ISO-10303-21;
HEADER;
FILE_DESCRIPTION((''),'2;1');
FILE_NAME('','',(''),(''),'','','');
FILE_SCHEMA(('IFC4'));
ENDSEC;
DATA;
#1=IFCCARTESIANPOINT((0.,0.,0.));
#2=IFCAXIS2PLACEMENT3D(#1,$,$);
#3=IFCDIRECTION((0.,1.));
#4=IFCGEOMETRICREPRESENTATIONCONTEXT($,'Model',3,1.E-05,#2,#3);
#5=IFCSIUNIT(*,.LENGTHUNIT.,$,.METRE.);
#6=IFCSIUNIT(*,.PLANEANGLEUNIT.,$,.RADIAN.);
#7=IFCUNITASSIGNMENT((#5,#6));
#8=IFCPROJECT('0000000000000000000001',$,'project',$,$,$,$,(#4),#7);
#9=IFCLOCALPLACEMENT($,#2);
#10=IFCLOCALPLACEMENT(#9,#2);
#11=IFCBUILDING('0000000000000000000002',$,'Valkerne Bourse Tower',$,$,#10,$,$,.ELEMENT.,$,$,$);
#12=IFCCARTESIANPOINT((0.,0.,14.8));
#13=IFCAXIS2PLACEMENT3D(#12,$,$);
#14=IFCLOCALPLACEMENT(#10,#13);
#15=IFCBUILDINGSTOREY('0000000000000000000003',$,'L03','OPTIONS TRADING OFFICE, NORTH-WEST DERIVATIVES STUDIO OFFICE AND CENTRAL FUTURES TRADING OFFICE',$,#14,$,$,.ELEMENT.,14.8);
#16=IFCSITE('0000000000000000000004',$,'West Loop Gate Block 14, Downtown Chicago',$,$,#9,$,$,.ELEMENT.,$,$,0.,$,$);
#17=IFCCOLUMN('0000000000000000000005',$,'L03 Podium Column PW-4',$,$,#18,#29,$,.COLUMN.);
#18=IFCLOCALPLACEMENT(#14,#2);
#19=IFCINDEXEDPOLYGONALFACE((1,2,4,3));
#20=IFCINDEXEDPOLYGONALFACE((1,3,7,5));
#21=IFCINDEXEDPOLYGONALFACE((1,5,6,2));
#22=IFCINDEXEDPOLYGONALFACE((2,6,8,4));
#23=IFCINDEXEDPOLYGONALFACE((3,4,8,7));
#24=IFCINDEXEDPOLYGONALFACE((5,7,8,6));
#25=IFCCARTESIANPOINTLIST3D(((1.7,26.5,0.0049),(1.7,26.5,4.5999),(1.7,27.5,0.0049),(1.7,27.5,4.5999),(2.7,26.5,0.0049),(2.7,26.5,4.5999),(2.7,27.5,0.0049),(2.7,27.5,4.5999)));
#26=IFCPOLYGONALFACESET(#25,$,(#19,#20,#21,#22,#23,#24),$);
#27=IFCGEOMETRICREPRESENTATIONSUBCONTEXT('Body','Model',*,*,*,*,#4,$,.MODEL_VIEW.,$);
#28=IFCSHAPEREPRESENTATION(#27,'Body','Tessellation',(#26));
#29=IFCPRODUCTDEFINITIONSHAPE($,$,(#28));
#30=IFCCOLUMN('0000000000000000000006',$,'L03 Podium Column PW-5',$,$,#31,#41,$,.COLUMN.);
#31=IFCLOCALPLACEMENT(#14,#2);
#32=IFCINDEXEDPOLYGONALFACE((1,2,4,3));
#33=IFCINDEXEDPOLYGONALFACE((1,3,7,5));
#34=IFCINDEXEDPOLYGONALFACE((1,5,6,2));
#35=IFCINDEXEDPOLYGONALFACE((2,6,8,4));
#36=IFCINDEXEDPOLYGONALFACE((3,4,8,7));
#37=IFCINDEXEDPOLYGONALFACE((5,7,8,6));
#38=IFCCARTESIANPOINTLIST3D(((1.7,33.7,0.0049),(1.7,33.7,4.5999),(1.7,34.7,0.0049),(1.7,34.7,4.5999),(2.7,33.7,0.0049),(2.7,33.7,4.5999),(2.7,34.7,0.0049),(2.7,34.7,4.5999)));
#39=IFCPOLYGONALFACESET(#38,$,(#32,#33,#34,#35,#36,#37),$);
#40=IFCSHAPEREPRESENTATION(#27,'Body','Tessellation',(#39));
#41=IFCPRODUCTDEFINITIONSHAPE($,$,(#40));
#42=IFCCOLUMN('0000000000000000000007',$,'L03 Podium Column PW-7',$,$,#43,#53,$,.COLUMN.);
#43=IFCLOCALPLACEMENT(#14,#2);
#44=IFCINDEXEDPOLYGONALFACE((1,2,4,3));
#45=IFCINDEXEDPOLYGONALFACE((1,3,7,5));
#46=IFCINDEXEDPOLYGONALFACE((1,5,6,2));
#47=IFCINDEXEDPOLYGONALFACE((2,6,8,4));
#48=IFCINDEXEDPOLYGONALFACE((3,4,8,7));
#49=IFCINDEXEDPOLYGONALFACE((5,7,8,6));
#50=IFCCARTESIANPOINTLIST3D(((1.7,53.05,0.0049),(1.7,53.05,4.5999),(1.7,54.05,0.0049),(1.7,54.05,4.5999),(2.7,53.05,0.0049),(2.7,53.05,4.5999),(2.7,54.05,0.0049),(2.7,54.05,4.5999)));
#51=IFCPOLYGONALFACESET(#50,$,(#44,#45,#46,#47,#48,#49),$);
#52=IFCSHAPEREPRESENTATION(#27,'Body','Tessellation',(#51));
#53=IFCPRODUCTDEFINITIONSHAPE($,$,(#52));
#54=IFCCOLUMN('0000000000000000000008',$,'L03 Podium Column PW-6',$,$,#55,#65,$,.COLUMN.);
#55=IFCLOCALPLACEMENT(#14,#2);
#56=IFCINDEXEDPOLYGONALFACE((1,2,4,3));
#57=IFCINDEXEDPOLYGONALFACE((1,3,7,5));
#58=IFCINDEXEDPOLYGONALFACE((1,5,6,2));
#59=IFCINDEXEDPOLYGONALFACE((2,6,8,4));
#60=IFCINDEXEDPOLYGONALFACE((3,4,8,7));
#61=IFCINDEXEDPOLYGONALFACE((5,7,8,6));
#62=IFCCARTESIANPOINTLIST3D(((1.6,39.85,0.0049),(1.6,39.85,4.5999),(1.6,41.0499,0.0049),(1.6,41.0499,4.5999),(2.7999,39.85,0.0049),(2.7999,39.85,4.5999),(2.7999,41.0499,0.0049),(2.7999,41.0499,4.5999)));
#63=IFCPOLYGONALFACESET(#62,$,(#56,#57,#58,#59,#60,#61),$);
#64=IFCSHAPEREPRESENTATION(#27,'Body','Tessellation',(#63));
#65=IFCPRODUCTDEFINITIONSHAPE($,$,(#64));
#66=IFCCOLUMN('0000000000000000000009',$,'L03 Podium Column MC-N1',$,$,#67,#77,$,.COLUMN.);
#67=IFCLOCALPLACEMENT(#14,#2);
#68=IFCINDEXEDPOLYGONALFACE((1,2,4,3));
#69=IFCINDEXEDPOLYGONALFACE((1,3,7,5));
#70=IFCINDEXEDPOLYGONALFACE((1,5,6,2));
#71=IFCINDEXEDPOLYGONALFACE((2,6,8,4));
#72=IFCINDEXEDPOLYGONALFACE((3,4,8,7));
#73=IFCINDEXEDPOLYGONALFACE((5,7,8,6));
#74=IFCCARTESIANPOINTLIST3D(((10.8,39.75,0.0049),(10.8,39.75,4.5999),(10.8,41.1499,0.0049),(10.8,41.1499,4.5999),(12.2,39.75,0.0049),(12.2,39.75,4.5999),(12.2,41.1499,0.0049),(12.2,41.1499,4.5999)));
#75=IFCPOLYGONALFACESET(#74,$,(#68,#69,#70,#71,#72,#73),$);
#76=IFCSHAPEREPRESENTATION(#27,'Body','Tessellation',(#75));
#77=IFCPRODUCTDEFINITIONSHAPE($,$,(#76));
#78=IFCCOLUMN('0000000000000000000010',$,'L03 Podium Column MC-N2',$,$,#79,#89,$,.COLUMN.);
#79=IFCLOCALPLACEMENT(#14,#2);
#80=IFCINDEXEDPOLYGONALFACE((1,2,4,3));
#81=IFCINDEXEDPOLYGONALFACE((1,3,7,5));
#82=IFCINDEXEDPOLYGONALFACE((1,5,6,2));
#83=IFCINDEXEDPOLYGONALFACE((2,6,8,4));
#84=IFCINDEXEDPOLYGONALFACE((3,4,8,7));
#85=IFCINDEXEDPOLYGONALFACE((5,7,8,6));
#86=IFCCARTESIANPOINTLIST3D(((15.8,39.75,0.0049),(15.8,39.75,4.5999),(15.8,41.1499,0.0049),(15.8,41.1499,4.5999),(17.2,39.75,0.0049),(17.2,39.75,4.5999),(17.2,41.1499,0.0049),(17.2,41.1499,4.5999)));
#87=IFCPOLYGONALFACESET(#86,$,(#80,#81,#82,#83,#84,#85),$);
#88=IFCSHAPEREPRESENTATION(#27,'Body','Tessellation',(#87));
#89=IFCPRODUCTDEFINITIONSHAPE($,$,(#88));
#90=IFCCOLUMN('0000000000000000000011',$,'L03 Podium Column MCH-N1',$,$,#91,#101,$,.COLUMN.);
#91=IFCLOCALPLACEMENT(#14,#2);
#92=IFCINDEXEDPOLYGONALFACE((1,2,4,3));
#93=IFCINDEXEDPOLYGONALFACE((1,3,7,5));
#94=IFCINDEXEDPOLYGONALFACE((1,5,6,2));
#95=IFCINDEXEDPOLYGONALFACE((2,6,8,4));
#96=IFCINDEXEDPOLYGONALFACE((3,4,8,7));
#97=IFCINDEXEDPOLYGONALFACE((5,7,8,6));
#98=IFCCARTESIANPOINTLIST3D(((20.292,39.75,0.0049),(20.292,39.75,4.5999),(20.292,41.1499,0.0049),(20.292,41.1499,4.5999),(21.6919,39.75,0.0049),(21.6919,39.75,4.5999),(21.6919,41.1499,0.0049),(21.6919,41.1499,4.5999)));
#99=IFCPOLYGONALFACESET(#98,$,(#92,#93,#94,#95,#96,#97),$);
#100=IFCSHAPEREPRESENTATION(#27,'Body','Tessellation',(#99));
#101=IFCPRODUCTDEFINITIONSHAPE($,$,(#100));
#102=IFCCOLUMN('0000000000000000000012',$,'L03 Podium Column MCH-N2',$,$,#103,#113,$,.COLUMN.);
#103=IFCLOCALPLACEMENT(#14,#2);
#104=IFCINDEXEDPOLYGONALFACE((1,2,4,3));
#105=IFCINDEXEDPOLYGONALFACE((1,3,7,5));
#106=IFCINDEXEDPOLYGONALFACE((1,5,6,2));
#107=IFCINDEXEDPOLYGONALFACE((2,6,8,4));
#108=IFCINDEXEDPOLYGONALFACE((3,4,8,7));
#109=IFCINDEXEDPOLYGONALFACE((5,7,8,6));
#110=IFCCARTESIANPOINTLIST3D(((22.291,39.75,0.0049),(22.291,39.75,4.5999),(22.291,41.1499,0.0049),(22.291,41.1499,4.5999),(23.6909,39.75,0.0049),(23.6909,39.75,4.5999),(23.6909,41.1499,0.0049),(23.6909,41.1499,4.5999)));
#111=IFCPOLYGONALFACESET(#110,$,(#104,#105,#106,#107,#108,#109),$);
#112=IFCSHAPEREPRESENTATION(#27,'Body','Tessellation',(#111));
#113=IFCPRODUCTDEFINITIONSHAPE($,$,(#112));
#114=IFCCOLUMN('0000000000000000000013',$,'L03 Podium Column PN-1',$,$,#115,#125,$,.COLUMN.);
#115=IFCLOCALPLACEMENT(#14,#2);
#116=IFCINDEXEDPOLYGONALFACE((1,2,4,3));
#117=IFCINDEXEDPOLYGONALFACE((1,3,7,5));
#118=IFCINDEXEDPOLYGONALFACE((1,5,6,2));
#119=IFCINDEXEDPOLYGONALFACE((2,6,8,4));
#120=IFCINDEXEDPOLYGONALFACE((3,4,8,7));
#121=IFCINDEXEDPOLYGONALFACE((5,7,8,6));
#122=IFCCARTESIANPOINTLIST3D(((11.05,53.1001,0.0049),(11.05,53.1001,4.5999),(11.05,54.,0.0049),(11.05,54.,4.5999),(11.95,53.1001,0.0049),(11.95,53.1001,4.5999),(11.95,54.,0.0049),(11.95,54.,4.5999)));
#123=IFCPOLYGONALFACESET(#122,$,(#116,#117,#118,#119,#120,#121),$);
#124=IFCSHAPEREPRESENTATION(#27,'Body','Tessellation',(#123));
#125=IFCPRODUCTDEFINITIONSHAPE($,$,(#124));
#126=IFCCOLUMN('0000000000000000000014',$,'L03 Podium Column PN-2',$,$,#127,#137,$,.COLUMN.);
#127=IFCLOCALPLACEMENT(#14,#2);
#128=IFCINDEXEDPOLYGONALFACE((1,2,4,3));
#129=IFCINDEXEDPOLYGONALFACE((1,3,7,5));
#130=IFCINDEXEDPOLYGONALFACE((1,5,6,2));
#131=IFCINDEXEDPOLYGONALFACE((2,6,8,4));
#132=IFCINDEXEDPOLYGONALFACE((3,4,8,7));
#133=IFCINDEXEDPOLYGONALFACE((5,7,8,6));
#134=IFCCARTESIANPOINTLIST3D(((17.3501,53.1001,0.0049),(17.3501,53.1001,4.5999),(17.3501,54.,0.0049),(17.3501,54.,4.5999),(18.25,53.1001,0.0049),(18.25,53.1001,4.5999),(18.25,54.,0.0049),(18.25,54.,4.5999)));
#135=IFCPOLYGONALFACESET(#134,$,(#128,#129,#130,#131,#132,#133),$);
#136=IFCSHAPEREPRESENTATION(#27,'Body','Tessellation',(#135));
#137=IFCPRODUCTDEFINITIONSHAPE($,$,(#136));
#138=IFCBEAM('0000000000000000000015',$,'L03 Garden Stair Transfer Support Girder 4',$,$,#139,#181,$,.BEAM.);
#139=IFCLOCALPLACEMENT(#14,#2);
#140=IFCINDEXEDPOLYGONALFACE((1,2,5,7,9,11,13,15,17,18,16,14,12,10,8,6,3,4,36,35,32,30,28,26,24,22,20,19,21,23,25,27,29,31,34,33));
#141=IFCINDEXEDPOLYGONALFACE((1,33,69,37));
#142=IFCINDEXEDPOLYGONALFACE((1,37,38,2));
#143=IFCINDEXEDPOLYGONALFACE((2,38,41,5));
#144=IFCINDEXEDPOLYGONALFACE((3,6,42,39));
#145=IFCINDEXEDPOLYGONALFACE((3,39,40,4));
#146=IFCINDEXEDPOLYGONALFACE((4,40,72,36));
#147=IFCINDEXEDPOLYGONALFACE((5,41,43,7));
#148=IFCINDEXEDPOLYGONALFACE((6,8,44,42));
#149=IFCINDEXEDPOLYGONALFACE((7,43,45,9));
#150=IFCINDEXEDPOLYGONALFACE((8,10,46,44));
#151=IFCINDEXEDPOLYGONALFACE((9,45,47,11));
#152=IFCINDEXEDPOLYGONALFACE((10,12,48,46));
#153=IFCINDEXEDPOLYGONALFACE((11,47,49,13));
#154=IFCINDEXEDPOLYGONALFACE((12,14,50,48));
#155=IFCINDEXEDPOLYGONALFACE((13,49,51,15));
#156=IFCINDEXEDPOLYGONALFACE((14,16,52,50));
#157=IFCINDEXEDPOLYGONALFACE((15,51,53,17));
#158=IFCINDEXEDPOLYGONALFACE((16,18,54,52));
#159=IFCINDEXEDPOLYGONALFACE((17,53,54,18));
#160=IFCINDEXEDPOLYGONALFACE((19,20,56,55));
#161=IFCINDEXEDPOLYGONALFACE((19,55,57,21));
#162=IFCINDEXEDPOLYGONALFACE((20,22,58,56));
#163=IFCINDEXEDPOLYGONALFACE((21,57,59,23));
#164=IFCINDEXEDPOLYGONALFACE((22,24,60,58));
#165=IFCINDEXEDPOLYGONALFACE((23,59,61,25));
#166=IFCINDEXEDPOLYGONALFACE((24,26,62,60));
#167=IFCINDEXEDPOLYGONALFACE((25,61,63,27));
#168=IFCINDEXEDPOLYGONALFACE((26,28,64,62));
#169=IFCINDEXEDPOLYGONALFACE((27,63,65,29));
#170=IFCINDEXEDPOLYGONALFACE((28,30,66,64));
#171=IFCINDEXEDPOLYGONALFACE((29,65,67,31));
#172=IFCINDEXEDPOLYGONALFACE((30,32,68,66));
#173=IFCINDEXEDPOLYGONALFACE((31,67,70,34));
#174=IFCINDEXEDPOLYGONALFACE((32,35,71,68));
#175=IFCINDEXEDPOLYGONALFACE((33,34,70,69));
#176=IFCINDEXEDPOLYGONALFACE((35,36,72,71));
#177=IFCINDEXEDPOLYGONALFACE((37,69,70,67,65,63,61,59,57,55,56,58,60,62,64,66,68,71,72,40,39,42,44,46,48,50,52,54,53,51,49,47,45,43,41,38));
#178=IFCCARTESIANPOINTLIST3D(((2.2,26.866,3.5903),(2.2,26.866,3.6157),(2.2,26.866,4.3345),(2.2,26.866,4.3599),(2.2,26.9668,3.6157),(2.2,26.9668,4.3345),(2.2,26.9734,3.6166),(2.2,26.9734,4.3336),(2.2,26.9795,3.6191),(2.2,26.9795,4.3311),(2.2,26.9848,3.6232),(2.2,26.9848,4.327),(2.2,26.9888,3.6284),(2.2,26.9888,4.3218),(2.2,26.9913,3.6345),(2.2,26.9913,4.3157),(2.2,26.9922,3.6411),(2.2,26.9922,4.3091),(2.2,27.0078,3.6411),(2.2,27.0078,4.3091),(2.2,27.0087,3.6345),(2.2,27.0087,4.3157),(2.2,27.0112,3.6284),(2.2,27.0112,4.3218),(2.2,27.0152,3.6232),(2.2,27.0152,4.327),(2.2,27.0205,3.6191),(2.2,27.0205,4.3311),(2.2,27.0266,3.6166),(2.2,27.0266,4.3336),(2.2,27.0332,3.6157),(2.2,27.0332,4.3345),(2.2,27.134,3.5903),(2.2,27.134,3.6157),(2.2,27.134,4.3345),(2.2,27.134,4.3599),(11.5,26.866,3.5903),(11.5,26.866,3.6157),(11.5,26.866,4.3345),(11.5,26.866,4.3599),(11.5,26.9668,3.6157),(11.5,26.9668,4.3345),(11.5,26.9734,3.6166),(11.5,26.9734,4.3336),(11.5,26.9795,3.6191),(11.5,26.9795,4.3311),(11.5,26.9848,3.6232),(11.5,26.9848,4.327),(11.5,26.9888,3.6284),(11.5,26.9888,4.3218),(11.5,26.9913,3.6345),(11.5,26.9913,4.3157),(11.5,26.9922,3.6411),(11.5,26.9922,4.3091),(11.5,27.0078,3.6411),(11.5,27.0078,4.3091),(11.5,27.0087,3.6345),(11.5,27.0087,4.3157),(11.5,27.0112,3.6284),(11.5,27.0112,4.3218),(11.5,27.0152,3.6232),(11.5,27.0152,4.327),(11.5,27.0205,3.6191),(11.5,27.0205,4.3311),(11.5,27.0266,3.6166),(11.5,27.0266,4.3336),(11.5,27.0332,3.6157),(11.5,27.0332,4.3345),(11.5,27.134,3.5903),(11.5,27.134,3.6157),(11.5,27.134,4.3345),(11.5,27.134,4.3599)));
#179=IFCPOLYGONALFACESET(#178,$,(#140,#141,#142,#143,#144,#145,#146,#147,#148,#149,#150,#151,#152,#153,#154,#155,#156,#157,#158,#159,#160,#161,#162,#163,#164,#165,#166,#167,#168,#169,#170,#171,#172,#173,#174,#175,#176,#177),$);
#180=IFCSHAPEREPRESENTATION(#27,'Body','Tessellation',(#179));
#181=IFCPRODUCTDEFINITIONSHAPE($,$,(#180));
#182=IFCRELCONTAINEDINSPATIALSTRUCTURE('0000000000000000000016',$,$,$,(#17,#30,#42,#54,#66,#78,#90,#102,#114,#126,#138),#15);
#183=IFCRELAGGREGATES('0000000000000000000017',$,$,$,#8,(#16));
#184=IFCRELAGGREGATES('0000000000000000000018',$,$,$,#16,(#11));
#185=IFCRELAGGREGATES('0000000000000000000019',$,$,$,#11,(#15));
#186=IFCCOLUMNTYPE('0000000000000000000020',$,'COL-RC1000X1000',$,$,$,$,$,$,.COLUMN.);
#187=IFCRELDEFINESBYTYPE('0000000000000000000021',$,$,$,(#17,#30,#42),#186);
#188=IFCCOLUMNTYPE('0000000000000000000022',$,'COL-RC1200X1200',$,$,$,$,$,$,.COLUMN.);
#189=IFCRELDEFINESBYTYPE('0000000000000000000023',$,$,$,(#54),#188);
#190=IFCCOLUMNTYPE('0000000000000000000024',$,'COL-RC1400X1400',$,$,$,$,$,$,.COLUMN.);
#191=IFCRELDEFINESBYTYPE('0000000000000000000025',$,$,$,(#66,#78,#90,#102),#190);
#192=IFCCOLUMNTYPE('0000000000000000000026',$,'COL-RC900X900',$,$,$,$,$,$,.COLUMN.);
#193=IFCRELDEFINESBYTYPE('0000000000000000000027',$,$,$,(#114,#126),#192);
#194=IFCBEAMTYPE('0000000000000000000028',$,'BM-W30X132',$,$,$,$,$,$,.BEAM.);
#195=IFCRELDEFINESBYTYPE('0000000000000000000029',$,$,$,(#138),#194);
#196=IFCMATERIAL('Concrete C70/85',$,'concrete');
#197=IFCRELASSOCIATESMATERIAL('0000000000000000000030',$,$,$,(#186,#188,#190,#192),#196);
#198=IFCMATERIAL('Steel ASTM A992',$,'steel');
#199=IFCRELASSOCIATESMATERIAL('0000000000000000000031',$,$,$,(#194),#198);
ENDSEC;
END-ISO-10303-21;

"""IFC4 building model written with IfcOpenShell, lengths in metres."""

from ifc_helpers import new_model, si_unit, direction, frame, origin, origin_2d, place, context, subcontext, project, spatial, rectangle, i_section, extrude, material, material_profile, profile_set, type_object, element, save


model = new_model("IFC4")

# Units and contexts
model_context = context("Model", 3, precision=1e-05, world=origin(), true_north=direction((0.0, 1.0)))
body_context = subcontext(model_context, "Body", "Model", "MODEL_VIEW")
ifc_project = project(units=[si_unit("LENGTHUNIT", "METRE"), si_unit("PLANEANGLEUNIT", "RADIAN")], contexts=[model_context])

# Site, building, storey
site_placement = place(None, origin())
site = spatial("IfcSite", under=ifc_project, at=site_placement, Name="West Loop Gate Block 14, Downtown Chicago", CompositionType="ELEMENT", RefElevation=0.0)
building_placement = place(site_placement, origin())
building = spatial("IfcBuilding", under=site, at=building_placement, Name="Valkerne Bourse Tower", CompositionType="ELEMENT")
storey_placement = place(building_placement, frame((0.0, 0.0, 14.8)))
storey = spatial("IfcBuildingStorey", under=building, at=storey_placement, Name="L03", Description="OPTIONS TRADING OFFICE, NORTH-WEST DERIVATIVES STUDIO OFFICE AND CENTRAL FUTURES TRADING OFFICE", CompositionType="ELEMENT", Elevation=14.8)

# Columns
ifc_material_1 = material(Name="Concrete C70/85", Category="concrete")
ifc_material_profile_1 = material_profile(ifc_material_1, rectangle(XDim=1.0, YDim=1.0, at=origin_2d()), Name="RC1000X1000")
ifc_profile_set_1 = profile_set([ifc_material_profile_1], Name="Concrete C70/85")
column_type_1 = type_object("IfcColumnType", Name="COL-RC1000X1000", PredefinedType="COLUMN", material=ifc_profile_set_1)
for number, where, z_axis, x_axis, name in (
    (1, (2.2, 27.0, 0.0049), (0.0, 0.0, 1.0), (1.0, 0.0, 0.0), "L03 Podium Column PW-4"),
    (2, (2.2, 34.2, 0.0049), (0.0, 0.0, 1.0), (1.0, 0.0, 0.0), "L03 Podium Column PW-5"),
    (3, (2.2, 53.55, 0.0049), (0.0, 0.0, 1.0), (1.0, 0.0, 0.0), "L03 Podium Column PW-7"),
):
    element("IfcColumn", number, at=place(storey_placement, frame(where, z_axis=z_axis, x_axis=x_axis)), inside=storey, type_object=column_type_1, Name=name, PredefinedType="COLUMN", context=body_context, shape_type="SweptSolid", body=[
        extrude(rectangle(XDim=1.0, YDim=1.0, at=origin_2d()), origin(), (0.0, 0.0, 1.0), 4.595),
    ])
ifc_material_profile_2 = material_profile(ifc_material_1, rectangle(XDim=1.2, YDim=1.2, at=origin_2d()), Name="RC1200X1200")
ifc_profile_set_2 = profile_set([ifc_material_profile_2], Name="Concrete C70/85")
column_type_2 = type_object("IfcColumnType", Name="COL-RC1200X1200", PredefinedType="COLUMN", material=ifc_profile_set_2)
column_placement = place(storey_placement, frame((2.2, 40.45, 0.0049), z_axis=(0.0, 0.0, 1.0), x_axis=(1.0, 0.0, 0.0)))
element("IfcColumn", 4, at=column_placement, inside=storey, type_object=column_type_2, Name="L03 Podium Column PW-6", PredefinedType="COLUMN", context=body_context, shape_type="SweptSolid", body=[
    extrude(rectangle(XDim=1.2, YDim=1.2, at=origin_2d()), origin(), (0.0, 0.0, 1.0), 4.595),
])
ifc_material_profile_3 = material_profile(ifc_material_1, rectangle(XDim=1.3999, YDim=1.3999, at=origin_2d()), Name="RC1400X1400")
ifc_profile_set_3 = profile_set([ifc_material_profile_3], Name="Concrete C70/85")
column_type_3 = type_object("IfcColumnType", Name="COL-RC1400X1400", PredefinedType="COLUMN", material=ifc_profile_set_3)
for number, where, z_axis, x_axis, name in (
    (5, (11.5, 40.45, 0.0049), (0.0, 0.0, 1.0), (1.0, 0.0, 0.0), "L03 Podium Column MC-N1"),
    (6, (16.5, 40.45, 0.0049), (0.0, 0.0, 1.0), (1.0, 0.0, 0.0), "L03 Podium Column MC-N2"),
    (7, (20.9919, 40.45, 0.0049), (0.0, 0.0, 1.0), (1.0, 0.0, 0.0), "L03 Podium Column MCH-N1"),
    (8, (22.991, 40.45, 0.0049), (0.0, 0.0, 1.0), (1.0, 0.0, 0.0), "L03 Podium Column MCH-N2"),
):
    element("IfcColumn", number, at=place(storey_placement, frame(where, z_axis=z_axis, x_axis=x_axis)), inside=storey, type_object=column_type_3, Name=name, PredefinedType="COLUMN", context=body_context, shape_type="SweptSolid", body=[
        extrude(rectangle(XDim=1.3999, YDim=1.3999, at=origin_2d()), origin(), (0.0, 0.0, 1.0), 4.595),
    ])
ifc_material_profile_4 = material_profile(ifc_material_1, rectangle(XDim=0.8999, YDim=0.8999, at=origin_2d()), Name="RC900X900")
ifc_profile_set_4 = profile_set([ifc_material_profile_4], Name="Concrete C70/85")
column_type_4 = type_object("IfcColumnType", Name="COL-RC900X900", PredefinedType="COLUMN", material=ifc_profile_set_4)
for number, where, z_axis, x_axis, name in (
    (9, (11.5, 53.55, 0.0049), (0.0, 0.0, 1.0), (1.0, 0.0, 0.0), "L03 Podium Column PN-1"),
    (10, (17.8, 53.55, 0.0049), (0.0, 0.0, 1.0), (1.0, 0.0, 0.0), "L03 Podium Column PN-2"),
):
    element("IfcColumn", number, at=place(storey_placement, frame(where, z_axis=z_axis, x_axis=x_axis)), inside=storey, type_object=column_type_4, Name=name, PredefinedType="COLUMN", context=body_context, shape_type="SweptSolid", body=[
        extrude(rectangle(XDim=0.8999, YDim=0.8999, at=origin_2d()), origin(), (0.0, 0.0, 1.0), 4.595),
    ])

# Beam
ifc_material_2 = material(Name="Steel ASTM A992", Category="steel")
ifc_material_profile_5 = material_profile(ifc_material_2, i_section(OverallWidth=0.2681, OverallDepth=0.7695, WebThickness=0.0156, FlangeThickness=0.0254, FilletRadius=0.0254, at=origin_2d()), Name="W30X132")
ifc_profile_set_5 = profile_set([ifc_material_profile_5], Name="Steel ASTM A992")
beam_type_1 = type_object("IfcBeamType", Name="BM-W30X132", PredefinedType="BEAM", material=ifc_profile_set_5)
for number, where, z_axis, x_axis, name in (
    (11, (2.2, 27.0, 3.9751), (1.0, 0.0, 0.0), (0.0, 1.0, 0.0), "L03 Garden Stair Transfer Support Girder 4"),
):
    element("IfcBeam", number, at=place(storey_placement, frame(where, z_axis=z_axis, x_axis=x_axis)), inside=storey, type_object=beam_type_1, Name=name, PredefinedType="BEAM", context=body_context, shape_type="SweptSolid", body=[
        extrude(i_section(OverallWidth=0.2681, OverallDepth=0.7695, WebThickness=0.0156, FlangeThickness=0.0254, FilletRadius=0.0254, at=origin_2d()), origin(), (0.0, 0.0, 1.0), 9.3),
    ])

save(model, "model.ifc")
